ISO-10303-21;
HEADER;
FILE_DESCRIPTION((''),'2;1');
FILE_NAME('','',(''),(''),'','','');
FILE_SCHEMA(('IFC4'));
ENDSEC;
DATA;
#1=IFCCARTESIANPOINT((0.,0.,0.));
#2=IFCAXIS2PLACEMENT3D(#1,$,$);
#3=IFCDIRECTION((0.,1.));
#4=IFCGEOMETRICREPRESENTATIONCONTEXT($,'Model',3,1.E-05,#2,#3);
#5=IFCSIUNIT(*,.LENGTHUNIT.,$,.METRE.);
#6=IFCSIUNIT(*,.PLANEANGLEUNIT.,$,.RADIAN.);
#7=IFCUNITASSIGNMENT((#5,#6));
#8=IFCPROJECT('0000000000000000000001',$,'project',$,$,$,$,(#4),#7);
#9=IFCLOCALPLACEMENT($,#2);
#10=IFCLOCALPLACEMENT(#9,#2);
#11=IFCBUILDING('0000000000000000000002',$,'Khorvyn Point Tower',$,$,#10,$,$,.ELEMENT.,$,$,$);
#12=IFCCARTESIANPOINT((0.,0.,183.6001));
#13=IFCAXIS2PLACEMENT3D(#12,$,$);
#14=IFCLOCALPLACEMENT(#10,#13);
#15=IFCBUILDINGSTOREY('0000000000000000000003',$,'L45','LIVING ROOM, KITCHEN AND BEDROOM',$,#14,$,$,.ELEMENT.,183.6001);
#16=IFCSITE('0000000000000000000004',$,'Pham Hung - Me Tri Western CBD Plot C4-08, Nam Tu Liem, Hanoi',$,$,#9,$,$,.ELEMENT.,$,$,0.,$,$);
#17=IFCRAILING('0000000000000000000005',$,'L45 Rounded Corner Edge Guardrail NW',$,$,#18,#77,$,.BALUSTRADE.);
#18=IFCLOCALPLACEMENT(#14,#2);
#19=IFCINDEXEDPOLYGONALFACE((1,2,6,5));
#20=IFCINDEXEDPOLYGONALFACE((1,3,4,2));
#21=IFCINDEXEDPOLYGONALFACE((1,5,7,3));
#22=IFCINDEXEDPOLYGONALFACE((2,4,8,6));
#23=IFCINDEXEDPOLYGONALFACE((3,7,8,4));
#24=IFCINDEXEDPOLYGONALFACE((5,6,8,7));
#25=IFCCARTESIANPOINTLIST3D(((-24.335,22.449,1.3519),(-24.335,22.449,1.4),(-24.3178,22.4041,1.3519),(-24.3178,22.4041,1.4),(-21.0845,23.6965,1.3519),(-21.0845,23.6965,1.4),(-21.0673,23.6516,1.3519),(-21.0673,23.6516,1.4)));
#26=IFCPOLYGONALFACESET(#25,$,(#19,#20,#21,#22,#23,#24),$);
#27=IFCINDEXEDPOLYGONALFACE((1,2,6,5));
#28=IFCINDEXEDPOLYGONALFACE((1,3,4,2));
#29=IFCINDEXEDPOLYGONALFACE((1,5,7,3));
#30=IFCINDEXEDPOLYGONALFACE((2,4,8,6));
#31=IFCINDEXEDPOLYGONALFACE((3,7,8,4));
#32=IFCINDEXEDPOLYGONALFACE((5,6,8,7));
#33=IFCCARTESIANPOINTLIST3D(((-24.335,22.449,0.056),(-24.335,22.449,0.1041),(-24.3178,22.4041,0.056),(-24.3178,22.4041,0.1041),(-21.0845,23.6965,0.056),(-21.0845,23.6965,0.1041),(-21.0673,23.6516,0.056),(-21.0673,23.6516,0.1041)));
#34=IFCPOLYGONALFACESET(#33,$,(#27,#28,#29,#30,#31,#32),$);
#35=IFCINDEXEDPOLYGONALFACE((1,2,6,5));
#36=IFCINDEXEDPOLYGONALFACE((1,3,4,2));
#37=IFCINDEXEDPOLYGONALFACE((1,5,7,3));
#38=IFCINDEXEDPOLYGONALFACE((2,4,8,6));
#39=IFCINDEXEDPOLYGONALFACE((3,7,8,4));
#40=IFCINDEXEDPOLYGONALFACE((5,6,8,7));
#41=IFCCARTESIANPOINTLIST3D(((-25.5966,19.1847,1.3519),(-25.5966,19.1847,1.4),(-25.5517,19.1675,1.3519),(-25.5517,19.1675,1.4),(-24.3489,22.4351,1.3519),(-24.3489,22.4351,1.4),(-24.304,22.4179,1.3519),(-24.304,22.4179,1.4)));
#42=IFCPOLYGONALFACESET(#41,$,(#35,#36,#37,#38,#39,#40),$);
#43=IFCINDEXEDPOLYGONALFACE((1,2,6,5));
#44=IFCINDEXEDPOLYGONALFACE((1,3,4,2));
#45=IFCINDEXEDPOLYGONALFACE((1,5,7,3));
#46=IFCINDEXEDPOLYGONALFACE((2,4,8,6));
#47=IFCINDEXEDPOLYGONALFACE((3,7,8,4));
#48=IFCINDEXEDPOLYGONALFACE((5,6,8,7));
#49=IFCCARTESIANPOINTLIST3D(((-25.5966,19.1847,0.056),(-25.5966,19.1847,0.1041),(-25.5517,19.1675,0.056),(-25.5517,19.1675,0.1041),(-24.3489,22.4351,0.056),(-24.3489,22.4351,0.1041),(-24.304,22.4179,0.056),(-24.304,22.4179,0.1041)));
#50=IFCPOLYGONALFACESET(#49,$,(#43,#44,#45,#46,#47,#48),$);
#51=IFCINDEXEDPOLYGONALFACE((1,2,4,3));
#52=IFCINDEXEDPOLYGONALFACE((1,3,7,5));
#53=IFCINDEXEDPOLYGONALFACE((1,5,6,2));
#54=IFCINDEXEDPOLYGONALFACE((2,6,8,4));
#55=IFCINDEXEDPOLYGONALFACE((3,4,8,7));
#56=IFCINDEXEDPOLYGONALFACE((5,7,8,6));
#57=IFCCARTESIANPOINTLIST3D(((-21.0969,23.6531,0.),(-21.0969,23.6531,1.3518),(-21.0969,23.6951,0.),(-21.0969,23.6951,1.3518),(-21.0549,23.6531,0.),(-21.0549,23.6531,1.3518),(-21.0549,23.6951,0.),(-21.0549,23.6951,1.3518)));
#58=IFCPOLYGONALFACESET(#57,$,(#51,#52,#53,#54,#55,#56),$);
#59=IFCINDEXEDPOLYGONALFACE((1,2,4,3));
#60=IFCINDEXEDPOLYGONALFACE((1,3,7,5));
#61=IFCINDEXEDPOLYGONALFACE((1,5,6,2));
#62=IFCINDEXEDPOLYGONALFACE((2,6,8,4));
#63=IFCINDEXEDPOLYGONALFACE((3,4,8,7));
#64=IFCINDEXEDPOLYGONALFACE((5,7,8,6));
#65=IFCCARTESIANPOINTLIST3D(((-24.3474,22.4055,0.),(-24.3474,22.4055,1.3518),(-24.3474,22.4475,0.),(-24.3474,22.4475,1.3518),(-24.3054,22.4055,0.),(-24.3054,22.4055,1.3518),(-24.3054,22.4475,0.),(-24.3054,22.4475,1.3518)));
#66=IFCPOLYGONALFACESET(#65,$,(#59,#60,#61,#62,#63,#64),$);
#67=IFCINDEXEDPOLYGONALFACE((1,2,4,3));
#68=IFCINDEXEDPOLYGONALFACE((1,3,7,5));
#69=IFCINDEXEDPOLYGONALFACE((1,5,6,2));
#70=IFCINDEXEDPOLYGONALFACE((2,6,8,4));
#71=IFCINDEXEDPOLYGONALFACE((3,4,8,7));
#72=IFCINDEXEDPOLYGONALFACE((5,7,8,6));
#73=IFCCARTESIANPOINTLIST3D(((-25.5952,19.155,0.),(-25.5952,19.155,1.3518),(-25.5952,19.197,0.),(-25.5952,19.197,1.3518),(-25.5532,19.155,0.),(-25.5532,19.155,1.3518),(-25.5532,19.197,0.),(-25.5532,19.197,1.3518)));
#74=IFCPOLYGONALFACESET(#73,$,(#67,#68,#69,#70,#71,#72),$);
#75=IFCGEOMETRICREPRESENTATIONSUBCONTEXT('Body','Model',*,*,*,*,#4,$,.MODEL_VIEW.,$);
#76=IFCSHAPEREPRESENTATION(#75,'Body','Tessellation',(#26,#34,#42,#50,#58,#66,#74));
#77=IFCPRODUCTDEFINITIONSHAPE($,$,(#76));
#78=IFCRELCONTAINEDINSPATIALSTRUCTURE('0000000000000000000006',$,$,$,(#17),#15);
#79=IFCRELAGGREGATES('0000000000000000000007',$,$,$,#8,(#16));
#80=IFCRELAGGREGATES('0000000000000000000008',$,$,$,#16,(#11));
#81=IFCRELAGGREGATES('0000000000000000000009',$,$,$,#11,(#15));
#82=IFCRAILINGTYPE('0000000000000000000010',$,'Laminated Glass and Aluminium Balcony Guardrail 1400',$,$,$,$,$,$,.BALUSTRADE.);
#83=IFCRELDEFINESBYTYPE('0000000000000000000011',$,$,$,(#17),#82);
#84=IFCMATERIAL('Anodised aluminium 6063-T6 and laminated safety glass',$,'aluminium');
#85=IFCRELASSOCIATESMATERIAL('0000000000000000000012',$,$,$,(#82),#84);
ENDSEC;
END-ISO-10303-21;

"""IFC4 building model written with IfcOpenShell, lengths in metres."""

from ifc_helpers import new_model, si_unit, direction, frame, origin, origin_2d, place, context, subcontext, project, spatial, rectangle, extrude, material, type_object, element, save


model = new_model("IFC4")

# Units and contexts
model_context = context("Model", 3, precision=1e-05, world=origin(), true_north=direction((0.0, 1.0)))
body_context = subcontext(model_context, "Body", "Model", "MODEL_VIEW")
ifc_project = project(units=[si_unit("LENGTHUNIT", "METRE"), si_unit("PLANEANGLEUNIT", "RADIAN")], contexts=[model_context])

# Site, building, storey
site_placement = place(None, origin())
site = spatial("IfcSite", under=ifc_project, at=site_placement, Name="Pham Hung - Me Tri Western CBD Plot C4-08, Nam Tu Liem, Hanoi", CompositionType="ELEMENT", RefElevation=0.0)
building_placement = place(site_placement, origin())
building = spatial("IfcBuilding", under=site, at=building_placement, Name="Khorvyn Point Tower", CompositionType="ELEMENT")
storey_placement = place(building_placement, frame((0.0, 0.0, 183.6001)))
storey = spatial("IfcBuildingStorey", under=building, at=storey_placement, Name="L45", Description="LIVING ROOM, KITCHEN AND BEDROOM", CompositionType="ELEMENT", Elevation=183.6001)

# Railing
ifc_material_1 = material(Name="Anodised aluminium 6063-T6 and laminated safety glass", Category="aluminium")
railing_type = type_object("IfcRailingType", Name="Laminated Glass and Aluminium Balcony Guardrail 1400", PredefinedType="BALUSTRADE", material=ifc_material_1)
railing_placement = place(storey_placement, frame((-21.0759, 23.6741, 0.0)))
element("IfcRailing", 1, at=railing_placement, inside=storey, type_object=railing_type, Name="L45 Rounded Corner Edge Guardrail NW", PredefinedType="BALUSTRADE", context=body_context, shape_type="SweptSolid", body=[
    extrude(rectangle(XDim=0.0481, YDim=0.0481, at=origin_2d()), frame((0.0, 0.0, 1.376), z_axis=(-0.933598, -0.358321, 0.0), x_axis=(0.358321, -0.933598, 0.0)), (0.0, 0.0, 1.0), 3.4817),
    extrude(rectangle(XDim=0.0481, YDim=0.0481, at=origin_2d()), frame((0.0, 0.0, 0.0801), z_axis=(-0.933598, -0.358321, 0.0), x_axis=(0.358321, -0.933598, 0.0)), (0.0, 0.0, 1.0), 3.4817),
    extrude(rectangle(XDim=0.0481, YDim=0.0481, at=origin_2d()), frame((-3.2505, -1.2476, 1.376), z_axis=(-0.358382, -0.933575, 0.0), x_axis=(0.933575, -0.358382, 0.0)), (0.0, 0.0, 1.0), 3.4817),
    extrude(rectangle(XDim=0.0481, YDim=0.0481, at=origin_2d()), frame((-3.2505, -1.2476, 0.0801), z_axis=(-0.358382, -0.933575, 0.0), x_axis=(0.933575, -0.358382, 0.0)), (0.0, 0.0, 1.0), 3.4817),
    extrude(rectangle(XDim=0.042, YDim=0.042, at=origin_2d()), origin(), (0.0, 0.0, 1.0), 1.3518),
    extrude(rectangle(XDim=0.042, YDim=0.042, at=origin_2d()), frame((-3.2505, -1.2476, 0.0)), (0.0, 0.0, 1.0), 1.3518),
    extrude(rectangle(XDim=0.042, YDim=0.042, at=origin_2d()), frame((-4.4983, -4.498, 0.0)), (0.0, 0.0, 1.0), 1.3518),
])

save(model, "model.ifc")
